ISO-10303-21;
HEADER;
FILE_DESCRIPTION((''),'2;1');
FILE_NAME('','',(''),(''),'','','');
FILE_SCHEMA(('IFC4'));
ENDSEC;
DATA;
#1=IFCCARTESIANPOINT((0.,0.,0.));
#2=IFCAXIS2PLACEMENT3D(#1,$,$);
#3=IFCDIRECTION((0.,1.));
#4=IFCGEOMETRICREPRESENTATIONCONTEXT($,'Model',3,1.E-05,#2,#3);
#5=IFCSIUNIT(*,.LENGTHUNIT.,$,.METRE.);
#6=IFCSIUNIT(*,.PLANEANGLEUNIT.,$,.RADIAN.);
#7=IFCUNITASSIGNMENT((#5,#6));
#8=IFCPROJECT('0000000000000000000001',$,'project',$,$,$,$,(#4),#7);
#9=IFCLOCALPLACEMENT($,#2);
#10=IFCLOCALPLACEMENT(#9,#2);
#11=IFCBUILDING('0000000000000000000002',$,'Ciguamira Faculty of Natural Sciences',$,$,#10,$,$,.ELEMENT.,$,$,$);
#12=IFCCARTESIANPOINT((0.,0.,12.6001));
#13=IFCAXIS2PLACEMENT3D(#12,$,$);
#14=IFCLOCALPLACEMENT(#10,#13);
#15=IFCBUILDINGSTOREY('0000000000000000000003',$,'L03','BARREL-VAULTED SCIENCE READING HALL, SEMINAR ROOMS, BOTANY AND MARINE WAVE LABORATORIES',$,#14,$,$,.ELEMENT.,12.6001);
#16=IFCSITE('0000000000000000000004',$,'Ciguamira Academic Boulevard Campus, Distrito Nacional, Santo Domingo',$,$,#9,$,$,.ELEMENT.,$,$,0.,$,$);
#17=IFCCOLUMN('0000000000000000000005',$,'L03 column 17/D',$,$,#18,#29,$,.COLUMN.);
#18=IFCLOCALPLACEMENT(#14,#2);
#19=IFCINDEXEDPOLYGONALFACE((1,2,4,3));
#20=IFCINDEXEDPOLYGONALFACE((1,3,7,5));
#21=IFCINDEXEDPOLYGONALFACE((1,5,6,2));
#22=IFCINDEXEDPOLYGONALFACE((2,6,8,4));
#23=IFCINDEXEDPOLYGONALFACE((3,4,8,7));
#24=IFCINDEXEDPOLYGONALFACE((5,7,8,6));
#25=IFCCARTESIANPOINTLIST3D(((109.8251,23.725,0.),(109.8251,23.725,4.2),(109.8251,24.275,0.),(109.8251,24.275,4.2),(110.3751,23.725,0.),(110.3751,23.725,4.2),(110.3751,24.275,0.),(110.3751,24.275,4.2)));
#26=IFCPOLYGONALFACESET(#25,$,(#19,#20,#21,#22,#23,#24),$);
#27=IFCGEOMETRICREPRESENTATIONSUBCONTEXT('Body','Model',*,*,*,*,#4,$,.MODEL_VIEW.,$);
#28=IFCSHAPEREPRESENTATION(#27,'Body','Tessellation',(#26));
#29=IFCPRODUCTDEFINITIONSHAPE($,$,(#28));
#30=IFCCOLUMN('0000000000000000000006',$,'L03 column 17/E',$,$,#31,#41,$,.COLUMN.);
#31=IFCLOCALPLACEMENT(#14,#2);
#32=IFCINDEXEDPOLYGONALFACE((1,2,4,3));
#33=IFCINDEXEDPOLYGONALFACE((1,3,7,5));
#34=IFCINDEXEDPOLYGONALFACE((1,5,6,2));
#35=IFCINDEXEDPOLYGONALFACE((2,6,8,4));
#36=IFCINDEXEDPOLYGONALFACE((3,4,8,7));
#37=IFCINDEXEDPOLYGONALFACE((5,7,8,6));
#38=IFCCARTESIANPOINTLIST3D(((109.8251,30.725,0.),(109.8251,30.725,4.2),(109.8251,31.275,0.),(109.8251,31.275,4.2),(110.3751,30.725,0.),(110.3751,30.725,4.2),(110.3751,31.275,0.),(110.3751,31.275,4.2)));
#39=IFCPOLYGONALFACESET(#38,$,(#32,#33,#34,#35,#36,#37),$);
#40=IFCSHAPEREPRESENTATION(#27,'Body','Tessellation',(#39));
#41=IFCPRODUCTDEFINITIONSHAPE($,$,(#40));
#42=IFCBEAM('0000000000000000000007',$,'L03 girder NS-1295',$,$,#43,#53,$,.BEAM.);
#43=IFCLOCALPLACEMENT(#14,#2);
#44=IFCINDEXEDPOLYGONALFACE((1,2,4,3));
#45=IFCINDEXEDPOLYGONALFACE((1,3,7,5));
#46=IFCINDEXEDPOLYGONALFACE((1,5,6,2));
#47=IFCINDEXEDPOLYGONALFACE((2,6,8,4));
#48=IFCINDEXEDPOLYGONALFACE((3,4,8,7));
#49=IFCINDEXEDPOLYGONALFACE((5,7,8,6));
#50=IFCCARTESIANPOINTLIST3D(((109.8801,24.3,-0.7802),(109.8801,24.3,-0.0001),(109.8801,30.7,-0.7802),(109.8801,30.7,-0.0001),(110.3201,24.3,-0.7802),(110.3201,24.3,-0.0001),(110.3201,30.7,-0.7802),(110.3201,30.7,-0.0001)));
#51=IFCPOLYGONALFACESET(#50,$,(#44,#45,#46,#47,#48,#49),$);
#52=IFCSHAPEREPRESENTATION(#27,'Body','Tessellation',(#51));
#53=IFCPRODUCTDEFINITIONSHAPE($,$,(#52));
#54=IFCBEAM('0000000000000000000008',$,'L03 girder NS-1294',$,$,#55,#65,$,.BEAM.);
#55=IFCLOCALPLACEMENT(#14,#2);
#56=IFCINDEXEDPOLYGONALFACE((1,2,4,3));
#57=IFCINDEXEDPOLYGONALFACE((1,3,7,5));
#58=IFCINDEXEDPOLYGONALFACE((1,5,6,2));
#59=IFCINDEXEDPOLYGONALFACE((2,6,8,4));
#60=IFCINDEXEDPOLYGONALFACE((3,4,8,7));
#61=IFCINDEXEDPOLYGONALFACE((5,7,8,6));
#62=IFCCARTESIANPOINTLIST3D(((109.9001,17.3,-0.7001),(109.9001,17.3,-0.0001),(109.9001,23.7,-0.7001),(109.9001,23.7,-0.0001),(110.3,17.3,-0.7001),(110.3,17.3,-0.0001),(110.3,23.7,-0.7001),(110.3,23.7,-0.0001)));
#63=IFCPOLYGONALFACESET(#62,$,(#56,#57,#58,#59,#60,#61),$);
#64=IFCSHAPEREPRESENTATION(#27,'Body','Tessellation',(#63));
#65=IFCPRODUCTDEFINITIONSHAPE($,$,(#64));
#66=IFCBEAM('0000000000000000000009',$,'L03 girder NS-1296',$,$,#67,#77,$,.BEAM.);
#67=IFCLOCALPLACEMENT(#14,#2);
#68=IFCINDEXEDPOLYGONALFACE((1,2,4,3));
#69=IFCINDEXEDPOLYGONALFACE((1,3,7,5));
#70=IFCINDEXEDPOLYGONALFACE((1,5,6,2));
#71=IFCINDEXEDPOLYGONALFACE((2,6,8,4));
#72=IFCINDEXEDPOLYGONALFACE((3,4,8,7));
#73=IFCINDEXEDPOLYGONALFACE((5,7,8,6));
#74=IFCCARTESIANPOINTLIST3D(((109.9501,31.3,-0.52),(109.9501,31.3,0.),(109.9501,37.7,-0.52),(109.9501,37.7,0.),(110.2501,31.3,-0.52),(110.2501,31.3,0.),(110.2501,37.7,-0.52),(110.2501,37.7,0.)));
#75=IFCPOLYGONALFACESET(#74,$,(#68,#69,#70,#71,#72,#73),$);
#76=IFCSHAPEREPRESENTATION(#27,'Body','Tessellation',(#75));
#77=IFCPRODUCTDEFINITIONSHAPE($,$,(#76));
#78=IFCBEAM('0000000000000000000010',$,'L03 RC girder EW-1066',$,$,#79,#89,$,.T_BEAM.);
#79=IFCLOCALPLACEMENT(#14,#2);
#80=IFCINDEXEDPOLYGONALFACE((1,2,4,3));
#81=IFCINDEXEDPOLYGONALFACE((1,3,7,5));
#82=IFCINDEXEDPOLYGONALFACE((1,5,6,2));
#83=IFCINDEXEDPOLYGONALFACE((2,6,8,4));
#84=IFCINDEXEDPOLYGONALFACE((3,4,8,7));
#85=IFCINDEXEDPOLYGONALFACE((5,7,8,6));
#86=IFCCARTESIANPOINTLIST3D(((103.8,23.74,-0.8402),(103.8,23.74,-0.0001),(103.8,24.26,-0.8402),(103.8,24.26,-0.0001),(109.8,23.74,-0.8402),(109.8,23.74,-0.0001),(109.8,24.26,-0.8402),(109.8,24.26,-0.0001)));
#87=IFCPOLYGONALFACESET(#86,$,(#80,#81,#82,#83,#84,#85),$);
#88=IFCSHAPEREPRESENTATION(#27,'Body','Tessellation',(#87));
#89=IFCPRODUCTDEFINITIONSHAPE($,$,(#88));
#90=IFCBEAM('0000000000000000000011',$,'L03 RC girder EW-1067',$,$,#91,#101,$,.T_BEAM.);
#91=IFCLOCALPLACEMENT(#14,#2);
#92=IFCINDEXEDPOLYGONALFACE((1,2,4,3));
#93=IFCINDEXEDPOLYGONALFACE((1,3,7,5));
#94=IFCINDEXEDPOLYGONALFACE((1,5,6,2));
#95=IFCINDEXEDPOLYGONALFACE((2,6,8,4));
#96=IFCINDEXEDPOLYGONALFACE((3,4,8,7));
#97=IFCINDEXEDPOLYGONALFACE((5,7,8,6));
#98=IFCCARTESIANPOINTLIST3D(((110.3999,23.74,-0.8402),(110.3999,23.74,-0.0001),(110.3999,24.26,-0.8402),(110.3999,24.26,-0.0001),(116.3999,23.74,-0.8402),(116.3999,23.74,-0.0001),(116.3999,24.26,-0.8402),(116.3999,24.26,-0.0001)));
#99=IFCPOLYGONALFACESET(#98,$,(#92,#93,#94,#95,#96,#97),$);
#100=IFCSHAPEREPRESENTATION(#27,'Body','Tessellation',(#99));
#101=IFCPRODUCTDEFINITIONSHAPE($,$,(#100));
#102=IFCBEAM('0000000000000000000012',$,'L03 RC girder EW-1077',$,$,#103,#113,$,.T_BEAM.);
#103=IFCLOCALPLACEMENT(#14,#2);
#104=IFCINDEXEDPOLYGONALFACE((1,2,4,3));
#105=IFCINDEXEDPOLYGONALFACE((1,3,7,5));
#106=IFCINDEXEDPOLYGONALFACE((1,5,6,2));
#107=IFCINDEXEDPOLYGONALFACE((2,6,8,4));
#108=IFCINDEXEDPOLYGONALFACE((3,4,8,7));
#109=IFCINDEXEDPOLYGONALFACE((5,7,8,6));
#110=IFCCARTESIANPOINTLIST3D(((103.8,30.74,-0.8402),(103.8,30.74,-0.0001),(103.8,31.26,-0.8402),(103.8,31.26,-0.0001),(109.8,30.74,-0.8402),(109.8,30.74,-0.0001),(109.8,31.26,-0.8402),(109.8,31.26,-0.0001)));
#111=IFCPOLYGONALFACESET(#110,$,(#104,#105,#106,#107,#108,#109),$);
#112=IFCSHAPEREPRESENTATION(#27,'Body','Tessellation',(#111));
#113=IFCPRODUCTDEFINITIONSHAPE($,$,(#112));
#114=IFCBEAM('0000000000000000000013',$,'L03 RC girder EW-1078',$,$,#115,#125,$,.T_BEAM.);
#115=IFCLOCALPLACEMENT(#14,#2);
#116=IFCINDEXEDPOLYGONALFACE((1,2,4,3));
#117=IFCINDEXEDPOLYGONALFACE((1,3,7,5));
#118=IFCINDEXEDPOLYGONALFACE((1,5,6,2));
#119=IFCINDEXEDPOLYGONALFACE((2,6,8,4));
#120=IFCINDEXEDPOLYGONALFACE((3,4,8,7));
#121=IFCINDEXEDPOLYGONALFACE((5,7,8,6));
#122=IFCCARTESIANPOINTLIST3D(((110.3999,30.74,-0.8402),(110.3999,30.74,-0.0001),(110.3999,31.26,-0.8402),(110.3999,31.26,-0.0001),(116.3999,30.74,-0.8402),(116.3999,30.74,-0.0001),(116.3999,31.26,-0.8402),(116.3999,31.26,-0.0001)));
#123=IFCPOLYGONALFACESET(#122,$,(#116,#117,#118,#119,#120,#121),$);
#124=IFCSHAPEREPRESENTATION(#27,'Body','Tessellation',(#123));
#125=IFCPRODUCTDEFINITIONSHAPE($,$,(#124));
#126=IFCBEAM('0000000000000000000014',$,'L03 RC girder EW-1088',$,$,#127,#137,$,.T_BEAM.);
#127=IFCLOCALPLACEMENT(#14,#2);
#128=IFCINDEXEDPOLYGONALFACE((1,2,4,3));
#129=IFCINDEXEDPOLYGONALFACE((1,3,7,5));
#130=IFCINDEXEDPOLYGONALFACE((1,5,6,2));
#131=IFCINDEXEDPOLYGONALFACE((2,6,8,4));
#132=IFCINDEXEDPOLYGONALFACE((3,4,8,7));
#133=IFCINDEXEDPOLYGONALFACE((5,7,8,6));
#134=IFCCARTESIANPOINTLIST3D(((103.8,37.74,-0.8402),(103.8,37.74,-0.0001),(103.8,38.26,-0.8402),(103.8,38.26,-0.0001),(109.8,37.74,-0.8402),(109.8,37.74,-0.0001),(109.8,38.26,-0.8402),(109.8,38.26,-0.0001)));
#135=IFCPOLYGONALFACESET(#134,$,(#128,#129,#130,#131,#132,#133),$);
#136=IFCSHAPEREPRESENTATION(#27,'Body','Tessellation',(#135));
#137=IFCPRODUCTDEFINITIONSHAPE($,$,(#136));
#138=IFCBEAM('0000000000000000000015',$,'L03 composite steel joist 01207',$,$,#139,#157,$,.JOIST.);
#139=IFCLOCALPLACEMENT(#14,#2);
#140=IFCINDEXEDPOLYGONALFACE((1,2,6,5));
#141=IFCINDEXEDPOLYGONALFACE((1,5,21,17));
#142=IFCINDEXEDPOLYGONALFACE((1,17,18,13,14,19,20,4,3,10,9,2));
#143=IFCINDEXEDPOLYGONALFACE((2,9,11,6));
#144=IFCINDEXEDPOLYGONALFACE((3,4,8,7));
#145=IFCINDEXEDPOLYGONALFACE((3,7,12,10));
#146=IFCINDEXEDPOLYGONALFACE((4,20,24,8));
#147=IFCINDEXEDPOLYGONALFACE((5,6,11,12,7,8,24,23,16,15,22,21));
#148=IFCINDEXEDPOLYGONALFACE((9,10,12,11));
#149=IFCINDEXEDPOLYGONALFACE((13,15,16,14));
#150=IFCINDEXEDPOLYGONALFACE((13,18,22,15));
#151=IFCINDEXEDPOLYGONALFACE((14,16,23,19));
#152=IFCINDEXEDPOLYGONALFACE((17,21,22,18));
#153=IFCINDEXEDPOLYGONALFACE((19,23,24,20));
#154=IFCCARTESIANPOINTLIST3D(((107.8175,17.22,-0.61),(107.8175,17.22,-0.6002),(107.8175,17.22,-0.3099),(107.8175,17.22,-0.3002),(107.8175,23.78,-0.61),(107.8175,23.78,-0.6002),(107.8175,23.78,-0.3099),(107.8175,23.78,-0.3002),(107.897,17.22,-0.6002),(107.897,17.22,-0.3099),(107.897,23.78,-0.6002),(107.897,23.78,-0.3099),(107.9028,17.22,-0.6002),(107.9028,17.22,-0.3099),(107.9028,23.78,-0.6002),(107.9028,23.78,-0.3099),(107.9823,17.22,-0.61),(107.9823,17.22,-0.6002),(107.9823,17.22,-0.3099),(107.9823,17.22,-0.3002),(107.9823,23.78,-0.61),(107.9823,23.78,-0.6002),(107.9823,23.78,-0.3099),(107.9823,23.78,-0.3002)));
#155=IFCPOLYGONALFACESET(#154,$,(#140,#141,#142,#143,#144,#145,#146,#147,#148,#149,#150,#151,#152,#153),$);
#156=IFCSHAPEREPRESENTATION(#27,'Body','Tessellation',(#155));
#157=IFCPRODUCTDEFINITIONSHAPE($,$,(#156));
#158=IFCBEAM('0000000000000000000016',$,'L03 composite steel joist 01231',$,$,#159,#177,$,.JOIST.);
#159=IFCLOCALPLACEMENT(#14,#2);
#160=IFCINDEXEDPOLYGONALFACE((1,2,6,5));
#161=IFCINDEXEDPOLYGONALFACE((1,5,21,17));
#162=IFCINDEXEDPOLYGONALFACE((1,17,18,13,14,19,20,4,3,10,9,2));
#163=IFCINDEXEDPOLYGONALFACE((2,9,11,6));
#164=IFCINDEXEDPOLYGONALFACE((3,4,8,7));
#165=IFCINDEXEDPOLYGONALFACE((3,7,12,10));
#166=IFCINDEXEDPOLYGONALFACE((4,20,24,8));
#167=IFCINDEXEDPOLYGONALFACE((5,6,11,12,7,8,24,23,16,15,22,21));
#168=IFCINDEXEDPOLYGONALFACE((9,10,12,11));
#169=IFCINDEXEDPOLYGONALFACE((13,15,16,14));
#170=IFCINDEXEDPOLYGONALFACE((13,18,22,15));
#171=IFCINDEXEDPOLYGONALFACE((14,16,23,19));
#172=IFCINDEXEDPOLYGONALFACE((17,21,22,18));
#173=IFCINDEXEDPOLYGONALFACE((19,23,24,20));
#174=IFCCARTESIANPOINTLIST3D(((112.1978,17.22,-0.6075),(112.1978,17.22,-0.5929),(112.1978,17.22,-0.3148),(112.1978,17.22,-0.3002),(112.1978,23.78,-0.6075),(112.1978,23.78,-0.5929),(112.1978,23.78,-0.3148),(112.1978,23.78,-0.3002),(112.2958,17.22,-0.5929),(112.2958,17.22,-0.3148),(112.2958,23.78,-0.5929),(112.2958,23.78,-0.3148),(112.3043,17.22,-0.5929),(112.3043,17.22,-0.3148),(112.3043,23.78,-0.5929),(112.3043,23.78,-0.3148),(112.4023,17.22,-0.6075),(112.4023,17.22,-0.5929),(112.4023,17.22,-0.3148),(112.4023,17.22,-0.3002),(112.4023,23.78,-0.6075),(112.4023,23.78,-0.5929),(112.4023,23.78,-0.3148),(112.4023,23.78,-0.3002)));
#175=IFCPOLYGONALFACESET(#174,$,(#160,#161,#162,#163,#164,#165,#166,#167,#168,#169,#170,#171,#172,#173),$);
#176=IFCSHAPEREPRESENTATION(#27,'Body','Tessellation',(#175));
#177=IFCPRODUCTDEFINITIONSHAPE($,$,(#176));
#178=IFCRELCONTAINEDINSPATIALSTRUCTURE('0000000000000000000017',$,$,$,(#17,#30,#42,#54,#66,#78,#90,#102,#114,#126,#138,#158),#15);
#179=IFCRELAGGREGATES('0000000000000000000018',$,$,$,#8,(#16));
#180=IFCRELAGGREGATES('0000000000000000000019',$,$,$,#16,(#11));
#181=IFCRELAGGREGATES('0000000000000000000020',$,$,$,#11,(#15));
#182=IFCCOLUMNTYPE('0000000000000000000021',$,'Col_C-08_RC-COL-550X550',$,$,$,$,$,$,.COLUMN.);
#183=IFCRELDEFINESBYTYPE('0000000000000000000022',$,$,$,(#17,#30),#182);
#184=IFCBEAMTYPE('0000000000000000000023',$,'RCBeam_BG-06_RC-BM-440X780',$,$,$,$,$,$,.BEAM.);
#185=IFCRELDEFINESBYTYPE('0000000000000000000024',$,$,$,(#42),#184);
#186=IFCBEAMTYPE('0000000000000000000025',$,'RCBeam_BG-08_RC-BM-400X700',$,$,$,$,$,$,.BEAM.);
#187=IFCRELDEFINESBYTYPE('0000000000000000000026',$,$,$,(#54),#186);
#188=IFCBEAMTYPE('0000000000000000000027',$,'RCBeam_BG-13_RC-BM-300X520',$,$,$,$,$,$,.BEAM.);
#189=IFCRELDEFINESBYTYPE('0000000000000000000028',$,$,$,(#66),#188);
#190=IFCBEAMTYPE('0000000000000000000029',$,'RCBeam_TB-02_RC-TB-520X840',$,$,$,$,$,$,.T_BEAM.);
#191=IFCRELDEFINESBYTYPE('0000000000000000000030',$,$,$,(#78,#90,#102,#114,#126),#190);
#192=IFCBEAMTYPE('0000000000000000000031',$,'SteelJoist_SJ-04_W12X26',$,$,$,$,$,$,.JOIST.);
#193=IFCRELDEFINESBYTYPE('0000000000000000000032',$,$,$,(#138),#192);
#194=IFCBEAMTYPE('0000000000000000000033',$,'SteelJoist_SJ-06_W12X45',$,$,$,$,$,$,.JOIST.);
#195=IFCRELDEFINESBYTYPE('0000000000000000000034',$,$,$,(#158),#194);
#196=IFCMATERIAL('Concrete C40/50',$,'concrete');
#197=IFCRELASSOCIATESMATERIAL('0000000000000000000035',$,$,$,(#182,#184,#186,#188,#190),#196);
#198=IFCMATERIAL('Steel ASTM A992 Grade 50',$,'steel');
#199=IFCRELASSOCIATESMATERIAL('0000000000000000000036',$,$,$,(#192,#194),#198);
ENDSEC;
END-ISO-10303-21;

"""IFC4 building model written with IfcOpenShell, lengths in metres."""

from ifc_helpers import new_model, si_unit, direction, frame, origin, origin_2d, place, context, subcontext, project, spatial, rectangle, i_section, extrude, material, material_profile, profile_set, type_object, element, save


model = new_model("IFC4")

# Units and contexts
model_context = context("Model", 3, precision=1e-05, world=origin(), true_north=direction((0.0, 1.0)))
body_context = subcontext(model_context, "Body", "Model", "MODEL_VIEW")
ifc_project = project(units=[si_unit("LENGTHUNIT", "METRE"), si_unit("PLANEANGLEUNIT", "RADIAN")], contexts=[model_context])

# Site, building, storey
site_placement = place(None, origin())
site = spatial("IfcSite", under=ifc_project, at=site_placement, Name="Ciguamira Academic Boulevard Campus, Distrito Nacional, Santo Domingo", CompositionType="ELEMENT", RefElevation=0.0)
building_placement = place(site_placement, origin())
building = spatial("IfcBuilding", under=site, at=building_placement, Name="Ciguamira Faculty of Natural Sciences", CompositionType="ELEMENT")
storey_placement = place(building_placement, frame((0.0, 0.0, 12.6001)))
storey = spatial("IfcBuildingStorey", under=building, at=storey_placement, Name="L03", Description="BARREL-VAULTED SCIENCE READING HALL, SEMINAR ROOMS, BOTANY AND MARINE WAVE LABORATORIES", CompositionType="ELEMENT", Elevation=12.6001)

# Columns
ifc_material_1 = material(Name="Concrete C40/50", Category="concrete")
ifc_material_profile_1 = material_profile(ifc_material_1, rectangle(XDim=0.55, YDim=0.55, at=origin_2d()), Name="RC-COL-550X550")
ifc_profile_set_1 = profile_set([ifc_material_profile_1], Name="Concrete C40/50")
column_type = type_object("IfcColumnType", Name="Col_C-08_RC-COL-550X550", PredefinedType="COLUMN", material=ifc_profile_set_1)
for number, where, z_axis, x_axis, name in (
    (1, (110.1001, 24.0, 0.0), (0.0, 0.0, 1.0), (1.0, 0.0, 0.0), "L03 column 17/D"),
    (2, (110.1001, 31.0, 0.0), (0.0, 0.0, 1.0), (1.0, 0.0, 0.0), "L03 column 17/E"),
):
    element("IfcColumn", number, at=place(storey_placement, frame(where, z_axis=z_axis, x_axis=x_axis)), inside=storey, type_object=column_type, Name=name, PredefinedType="COLUMN", context=body_context, shape_type="SweptSolid", body=[
        extrude(rectangle(XDim=0.55, YDim=0.55, at=origin_2d()), origin(), (0.0, 0.0, 1.0), 4.2),
    ])

# Beams
ifc_material_profile_2 = material_profile(ifc_material_1, rectangle(XDim=0.4399, YDim=0.78, at=origin_2d()), Name="RC-BM-440X780")
ifc_profile_set_2 = profile_set([ifc_material_profile_2], Name="Concrete C40/50")
beam_type_1 = type_object("IfcBeamType", Name="RCBeam_BG-06_RC-BM-440X780", PredefinedType="BEAM", material=ifc_profile_set_2)
beam_1_placement = place(storey_placement, frame((110.1001, 24.3, -0.3901), z_axis=(0.0, 1.0, 0.0), x_axis=(-1.0, 0.0, 0.0)))
element("IfcBeam", 3, at=beam_1_placement, inside=storey, type_object=beam_type_1, Name="L03 girder NS-1295", PredefinedType="BEAM", context=body_context, shape_type="SweptSolid", body=[
    extrude(rectangle(XDim=0.4399, YDim=0.78, at=origin_2d()), origin(), (0.0, 0.0, 1.0), 6.3999),
])
ifc_material_profile_3 = material_profile(ifc_material_1, rectangle(XDim=0.3999, YDim=0.7, at=origin_2d()), Name="RC-BM-400X700")
ifc_profile_set_3 = profile_set([ifc_material_profile_3], Name="Concrete C40/50")
beam_type_2 = type_object("IfcBeamType", Name="RCBeam_BG-08_RC-BM-400X700", PredefinedType="BEAM", material=ifc_profile_set_3)
beam_2_placement = place(storey_placement, frame((110.1001, 17.3, -0.3501), z_axis=(0.0, 1.0, 0.0), x_axis=(-1.0, 0.0, 0.0)))
element("IfcBeam", 4, at=beam_2_placement, inside=storey, type_object=beam_type_2, Name="L03 girder NS-1294", PredefinedType="BEAM", context=body_context, shape_type="SweptSolid", body=[
    extrude(rectangle(XDim=0.3999, YDim=0.7, at=origin_2d()), origin(), (0.0, 0.0, 1.0), 6.3999),
])
ifc_material_profile_4 = material_profile(ifc_material_1, rectangle(XDim=0.3, YDim=0.52, at=origin_2d()), Name="RC-BM-300X520")
ifc_profile_set_4 = profile_set([ifc_material_profile_4], Name="Concrete C40/50")
beam_type_3 = type_object("IfcBeamType", Name="RCBeam_BG-13_RC-BM-300X520", PredefinedType="BEAM", material=ifc_profile_set_4)
beam_3_placement = place(storey_placement, frame((110.1001, 31.3, -0.26), z_axis=(0.0, 1.0, 0.0), x_axis=(-1.0, 0.0, 0.0)))
element("IfcBeam", 5, at=beam_3_placement, inside=storey, type_object=beam_type_3, Name="L03 girder NS-1296", PredefinedType="BEAM", context=body_context, shape_type="SweptSolid", body=[
    extrude(rectangle(XDim=0.3, YDim=0.52, at=origin_2d()), origin(), (0.0, 0.0, 1.0), 6.3999),
])
ifc_material_profile_5 = material_profile(ifc_material_1, rectangle(XDim=0.52, YDim=0.8401, at=origin_2d()), Name="RC-TB-520X840")
ifc_profile_set_5 = profile_set([ifc_material_profile_5], Name="Concrete C40/50")
beam_type_4 = type_object("IfcBeamType", Name="RCBeam_TB-02_RC-TB-520X840", PredefinedType="T_BEAM", material=ifc_profile_set_5)
for number, where, z_axis, x_axis, name in (
    (6, (103.8, 24.0, -0.4202), (1.0, 0.0, 0.0), (0.0, 1.0, 0.0), "L03 RC girder EW-1066"),
    (7, (110.3999, 24.0, -0.4202), (1.0, 0.0, 0.0), (0.0, 1.0, 0.0), "L03 RC girder EW-1067"),
    (8, (103.8, 31.0, -0.4202), (1.0, 0.0, 0.0), (0.0, 1.0, 0.0), "L03 RC girder EW-1077"),
    (9, (110.3999, 31.0, -0.4202), (1.0, 0.0, 0.0), (0.0, 1.0, 0.0), "L03 RC girder EW-1078"),
    (10, (103.8, 38.0, -0.4202), (1.0, 0.0, 0.0), (0.0, 1.0, 0.0), "L03 RC girder EW-1088"),
):
    element("IfcBeam", number, at=place(storey_placement, frame(where, z_axis=z_axis, x_axis=x_axis)), inside=storey, type_object=beam_type_4, Name=name, PredefinedType="T_BEAM", context=body_context, shape_type="SweptSolid", body=[
        extrude(rectangle(XDim=0.52, YDim=0.8401, at=origin_2d()), origin(), (0.0, 0.0, 1.0), 6.0),
    ])
ifc_material_2 = material(Name="Steel ASTM A992 Grade 50", Category="steel")
ifc_material_profile_6 = material_profile(ifc_material_2, i_section(OverallWidth=0.1648, OverallDepth=0.3098, WebThickness=0.0059, FlangeThickness=0.0098, at=origin_2d()), Name="W12X26")
ifc_profile_set_6 = profile_set([ifc_material_profile_6], Name="Steel ASTM A992 Grade 50")
beam_type_5 = type_object("IfcBeamType", Name="SteelJoist_SJ-04_W12X26", PredefinedType="JOIST", material=ifc_profile_set_6)
beam_4_placement = place(storey_placement, frame((107.8999, 17.22, -0.4551), z_axis=(0.0, 1.0, 0.0), x_axis=(-1.0, 0.0, 0.0)))
element("IfcBeam", 11, at=beam_4_placement, inside=storey, type_object=beam_type_5, Name="L03 composite steel joist 01207", PredefinedType="JOIST", context=body_context, shape_type="SweptSolid", body=[
    extrude(i_section(OverallWidth=0.1648, OverallDepth=0.3098, WebThickness=0.0059, FlangeThickness=0.0098, at=origin_2d()), origin(), (0.0, 0.0, 1.0), 6.5601),
])
ifc_material_profile_7 = material_profile(ifc_material_2, i_section(OverallWidth=0.2046, OverallDepth=0.3074, WebThickness=0.0085, FlangeThickness=0.0146, at=origin_2d()), Name="W12X45")
ifc_profile_set_7 = profile_set([ifc_material_profile_7], Name="Steel ASTM A992 Grade 50")
beam_type_6 = type_object("IfcBeamType", Name="SteelJoist_SJ-06_W12X45", PredefinedType="JOIST", material=ifc_profile_set_7)
beam_5_placement = place(storey_placement, frame((112.3, 17.22, -0.4539), z_axis=(0.0, 1.0, 0.0), x_axis=(-1.0, 0.0, 0.0)))
element("IfcBeam", 12, at=beam_5_placement, inside=storey, type_object=beam_type_6, Name="L03 composite steel joist 01231", PredefinedType="JOIST", context=body_context, shape_type="SweptSolid", body=[
    extrude(i_section(OverallWidth=0.2046, OverallDepth=0.3074, WebThickness=0.0085, FlangeThickness=0.0146, at=origin_2d()), origin(), (0.0, 0.0, 1.0), 6.5601),
])

save(model, "model.ifc")
